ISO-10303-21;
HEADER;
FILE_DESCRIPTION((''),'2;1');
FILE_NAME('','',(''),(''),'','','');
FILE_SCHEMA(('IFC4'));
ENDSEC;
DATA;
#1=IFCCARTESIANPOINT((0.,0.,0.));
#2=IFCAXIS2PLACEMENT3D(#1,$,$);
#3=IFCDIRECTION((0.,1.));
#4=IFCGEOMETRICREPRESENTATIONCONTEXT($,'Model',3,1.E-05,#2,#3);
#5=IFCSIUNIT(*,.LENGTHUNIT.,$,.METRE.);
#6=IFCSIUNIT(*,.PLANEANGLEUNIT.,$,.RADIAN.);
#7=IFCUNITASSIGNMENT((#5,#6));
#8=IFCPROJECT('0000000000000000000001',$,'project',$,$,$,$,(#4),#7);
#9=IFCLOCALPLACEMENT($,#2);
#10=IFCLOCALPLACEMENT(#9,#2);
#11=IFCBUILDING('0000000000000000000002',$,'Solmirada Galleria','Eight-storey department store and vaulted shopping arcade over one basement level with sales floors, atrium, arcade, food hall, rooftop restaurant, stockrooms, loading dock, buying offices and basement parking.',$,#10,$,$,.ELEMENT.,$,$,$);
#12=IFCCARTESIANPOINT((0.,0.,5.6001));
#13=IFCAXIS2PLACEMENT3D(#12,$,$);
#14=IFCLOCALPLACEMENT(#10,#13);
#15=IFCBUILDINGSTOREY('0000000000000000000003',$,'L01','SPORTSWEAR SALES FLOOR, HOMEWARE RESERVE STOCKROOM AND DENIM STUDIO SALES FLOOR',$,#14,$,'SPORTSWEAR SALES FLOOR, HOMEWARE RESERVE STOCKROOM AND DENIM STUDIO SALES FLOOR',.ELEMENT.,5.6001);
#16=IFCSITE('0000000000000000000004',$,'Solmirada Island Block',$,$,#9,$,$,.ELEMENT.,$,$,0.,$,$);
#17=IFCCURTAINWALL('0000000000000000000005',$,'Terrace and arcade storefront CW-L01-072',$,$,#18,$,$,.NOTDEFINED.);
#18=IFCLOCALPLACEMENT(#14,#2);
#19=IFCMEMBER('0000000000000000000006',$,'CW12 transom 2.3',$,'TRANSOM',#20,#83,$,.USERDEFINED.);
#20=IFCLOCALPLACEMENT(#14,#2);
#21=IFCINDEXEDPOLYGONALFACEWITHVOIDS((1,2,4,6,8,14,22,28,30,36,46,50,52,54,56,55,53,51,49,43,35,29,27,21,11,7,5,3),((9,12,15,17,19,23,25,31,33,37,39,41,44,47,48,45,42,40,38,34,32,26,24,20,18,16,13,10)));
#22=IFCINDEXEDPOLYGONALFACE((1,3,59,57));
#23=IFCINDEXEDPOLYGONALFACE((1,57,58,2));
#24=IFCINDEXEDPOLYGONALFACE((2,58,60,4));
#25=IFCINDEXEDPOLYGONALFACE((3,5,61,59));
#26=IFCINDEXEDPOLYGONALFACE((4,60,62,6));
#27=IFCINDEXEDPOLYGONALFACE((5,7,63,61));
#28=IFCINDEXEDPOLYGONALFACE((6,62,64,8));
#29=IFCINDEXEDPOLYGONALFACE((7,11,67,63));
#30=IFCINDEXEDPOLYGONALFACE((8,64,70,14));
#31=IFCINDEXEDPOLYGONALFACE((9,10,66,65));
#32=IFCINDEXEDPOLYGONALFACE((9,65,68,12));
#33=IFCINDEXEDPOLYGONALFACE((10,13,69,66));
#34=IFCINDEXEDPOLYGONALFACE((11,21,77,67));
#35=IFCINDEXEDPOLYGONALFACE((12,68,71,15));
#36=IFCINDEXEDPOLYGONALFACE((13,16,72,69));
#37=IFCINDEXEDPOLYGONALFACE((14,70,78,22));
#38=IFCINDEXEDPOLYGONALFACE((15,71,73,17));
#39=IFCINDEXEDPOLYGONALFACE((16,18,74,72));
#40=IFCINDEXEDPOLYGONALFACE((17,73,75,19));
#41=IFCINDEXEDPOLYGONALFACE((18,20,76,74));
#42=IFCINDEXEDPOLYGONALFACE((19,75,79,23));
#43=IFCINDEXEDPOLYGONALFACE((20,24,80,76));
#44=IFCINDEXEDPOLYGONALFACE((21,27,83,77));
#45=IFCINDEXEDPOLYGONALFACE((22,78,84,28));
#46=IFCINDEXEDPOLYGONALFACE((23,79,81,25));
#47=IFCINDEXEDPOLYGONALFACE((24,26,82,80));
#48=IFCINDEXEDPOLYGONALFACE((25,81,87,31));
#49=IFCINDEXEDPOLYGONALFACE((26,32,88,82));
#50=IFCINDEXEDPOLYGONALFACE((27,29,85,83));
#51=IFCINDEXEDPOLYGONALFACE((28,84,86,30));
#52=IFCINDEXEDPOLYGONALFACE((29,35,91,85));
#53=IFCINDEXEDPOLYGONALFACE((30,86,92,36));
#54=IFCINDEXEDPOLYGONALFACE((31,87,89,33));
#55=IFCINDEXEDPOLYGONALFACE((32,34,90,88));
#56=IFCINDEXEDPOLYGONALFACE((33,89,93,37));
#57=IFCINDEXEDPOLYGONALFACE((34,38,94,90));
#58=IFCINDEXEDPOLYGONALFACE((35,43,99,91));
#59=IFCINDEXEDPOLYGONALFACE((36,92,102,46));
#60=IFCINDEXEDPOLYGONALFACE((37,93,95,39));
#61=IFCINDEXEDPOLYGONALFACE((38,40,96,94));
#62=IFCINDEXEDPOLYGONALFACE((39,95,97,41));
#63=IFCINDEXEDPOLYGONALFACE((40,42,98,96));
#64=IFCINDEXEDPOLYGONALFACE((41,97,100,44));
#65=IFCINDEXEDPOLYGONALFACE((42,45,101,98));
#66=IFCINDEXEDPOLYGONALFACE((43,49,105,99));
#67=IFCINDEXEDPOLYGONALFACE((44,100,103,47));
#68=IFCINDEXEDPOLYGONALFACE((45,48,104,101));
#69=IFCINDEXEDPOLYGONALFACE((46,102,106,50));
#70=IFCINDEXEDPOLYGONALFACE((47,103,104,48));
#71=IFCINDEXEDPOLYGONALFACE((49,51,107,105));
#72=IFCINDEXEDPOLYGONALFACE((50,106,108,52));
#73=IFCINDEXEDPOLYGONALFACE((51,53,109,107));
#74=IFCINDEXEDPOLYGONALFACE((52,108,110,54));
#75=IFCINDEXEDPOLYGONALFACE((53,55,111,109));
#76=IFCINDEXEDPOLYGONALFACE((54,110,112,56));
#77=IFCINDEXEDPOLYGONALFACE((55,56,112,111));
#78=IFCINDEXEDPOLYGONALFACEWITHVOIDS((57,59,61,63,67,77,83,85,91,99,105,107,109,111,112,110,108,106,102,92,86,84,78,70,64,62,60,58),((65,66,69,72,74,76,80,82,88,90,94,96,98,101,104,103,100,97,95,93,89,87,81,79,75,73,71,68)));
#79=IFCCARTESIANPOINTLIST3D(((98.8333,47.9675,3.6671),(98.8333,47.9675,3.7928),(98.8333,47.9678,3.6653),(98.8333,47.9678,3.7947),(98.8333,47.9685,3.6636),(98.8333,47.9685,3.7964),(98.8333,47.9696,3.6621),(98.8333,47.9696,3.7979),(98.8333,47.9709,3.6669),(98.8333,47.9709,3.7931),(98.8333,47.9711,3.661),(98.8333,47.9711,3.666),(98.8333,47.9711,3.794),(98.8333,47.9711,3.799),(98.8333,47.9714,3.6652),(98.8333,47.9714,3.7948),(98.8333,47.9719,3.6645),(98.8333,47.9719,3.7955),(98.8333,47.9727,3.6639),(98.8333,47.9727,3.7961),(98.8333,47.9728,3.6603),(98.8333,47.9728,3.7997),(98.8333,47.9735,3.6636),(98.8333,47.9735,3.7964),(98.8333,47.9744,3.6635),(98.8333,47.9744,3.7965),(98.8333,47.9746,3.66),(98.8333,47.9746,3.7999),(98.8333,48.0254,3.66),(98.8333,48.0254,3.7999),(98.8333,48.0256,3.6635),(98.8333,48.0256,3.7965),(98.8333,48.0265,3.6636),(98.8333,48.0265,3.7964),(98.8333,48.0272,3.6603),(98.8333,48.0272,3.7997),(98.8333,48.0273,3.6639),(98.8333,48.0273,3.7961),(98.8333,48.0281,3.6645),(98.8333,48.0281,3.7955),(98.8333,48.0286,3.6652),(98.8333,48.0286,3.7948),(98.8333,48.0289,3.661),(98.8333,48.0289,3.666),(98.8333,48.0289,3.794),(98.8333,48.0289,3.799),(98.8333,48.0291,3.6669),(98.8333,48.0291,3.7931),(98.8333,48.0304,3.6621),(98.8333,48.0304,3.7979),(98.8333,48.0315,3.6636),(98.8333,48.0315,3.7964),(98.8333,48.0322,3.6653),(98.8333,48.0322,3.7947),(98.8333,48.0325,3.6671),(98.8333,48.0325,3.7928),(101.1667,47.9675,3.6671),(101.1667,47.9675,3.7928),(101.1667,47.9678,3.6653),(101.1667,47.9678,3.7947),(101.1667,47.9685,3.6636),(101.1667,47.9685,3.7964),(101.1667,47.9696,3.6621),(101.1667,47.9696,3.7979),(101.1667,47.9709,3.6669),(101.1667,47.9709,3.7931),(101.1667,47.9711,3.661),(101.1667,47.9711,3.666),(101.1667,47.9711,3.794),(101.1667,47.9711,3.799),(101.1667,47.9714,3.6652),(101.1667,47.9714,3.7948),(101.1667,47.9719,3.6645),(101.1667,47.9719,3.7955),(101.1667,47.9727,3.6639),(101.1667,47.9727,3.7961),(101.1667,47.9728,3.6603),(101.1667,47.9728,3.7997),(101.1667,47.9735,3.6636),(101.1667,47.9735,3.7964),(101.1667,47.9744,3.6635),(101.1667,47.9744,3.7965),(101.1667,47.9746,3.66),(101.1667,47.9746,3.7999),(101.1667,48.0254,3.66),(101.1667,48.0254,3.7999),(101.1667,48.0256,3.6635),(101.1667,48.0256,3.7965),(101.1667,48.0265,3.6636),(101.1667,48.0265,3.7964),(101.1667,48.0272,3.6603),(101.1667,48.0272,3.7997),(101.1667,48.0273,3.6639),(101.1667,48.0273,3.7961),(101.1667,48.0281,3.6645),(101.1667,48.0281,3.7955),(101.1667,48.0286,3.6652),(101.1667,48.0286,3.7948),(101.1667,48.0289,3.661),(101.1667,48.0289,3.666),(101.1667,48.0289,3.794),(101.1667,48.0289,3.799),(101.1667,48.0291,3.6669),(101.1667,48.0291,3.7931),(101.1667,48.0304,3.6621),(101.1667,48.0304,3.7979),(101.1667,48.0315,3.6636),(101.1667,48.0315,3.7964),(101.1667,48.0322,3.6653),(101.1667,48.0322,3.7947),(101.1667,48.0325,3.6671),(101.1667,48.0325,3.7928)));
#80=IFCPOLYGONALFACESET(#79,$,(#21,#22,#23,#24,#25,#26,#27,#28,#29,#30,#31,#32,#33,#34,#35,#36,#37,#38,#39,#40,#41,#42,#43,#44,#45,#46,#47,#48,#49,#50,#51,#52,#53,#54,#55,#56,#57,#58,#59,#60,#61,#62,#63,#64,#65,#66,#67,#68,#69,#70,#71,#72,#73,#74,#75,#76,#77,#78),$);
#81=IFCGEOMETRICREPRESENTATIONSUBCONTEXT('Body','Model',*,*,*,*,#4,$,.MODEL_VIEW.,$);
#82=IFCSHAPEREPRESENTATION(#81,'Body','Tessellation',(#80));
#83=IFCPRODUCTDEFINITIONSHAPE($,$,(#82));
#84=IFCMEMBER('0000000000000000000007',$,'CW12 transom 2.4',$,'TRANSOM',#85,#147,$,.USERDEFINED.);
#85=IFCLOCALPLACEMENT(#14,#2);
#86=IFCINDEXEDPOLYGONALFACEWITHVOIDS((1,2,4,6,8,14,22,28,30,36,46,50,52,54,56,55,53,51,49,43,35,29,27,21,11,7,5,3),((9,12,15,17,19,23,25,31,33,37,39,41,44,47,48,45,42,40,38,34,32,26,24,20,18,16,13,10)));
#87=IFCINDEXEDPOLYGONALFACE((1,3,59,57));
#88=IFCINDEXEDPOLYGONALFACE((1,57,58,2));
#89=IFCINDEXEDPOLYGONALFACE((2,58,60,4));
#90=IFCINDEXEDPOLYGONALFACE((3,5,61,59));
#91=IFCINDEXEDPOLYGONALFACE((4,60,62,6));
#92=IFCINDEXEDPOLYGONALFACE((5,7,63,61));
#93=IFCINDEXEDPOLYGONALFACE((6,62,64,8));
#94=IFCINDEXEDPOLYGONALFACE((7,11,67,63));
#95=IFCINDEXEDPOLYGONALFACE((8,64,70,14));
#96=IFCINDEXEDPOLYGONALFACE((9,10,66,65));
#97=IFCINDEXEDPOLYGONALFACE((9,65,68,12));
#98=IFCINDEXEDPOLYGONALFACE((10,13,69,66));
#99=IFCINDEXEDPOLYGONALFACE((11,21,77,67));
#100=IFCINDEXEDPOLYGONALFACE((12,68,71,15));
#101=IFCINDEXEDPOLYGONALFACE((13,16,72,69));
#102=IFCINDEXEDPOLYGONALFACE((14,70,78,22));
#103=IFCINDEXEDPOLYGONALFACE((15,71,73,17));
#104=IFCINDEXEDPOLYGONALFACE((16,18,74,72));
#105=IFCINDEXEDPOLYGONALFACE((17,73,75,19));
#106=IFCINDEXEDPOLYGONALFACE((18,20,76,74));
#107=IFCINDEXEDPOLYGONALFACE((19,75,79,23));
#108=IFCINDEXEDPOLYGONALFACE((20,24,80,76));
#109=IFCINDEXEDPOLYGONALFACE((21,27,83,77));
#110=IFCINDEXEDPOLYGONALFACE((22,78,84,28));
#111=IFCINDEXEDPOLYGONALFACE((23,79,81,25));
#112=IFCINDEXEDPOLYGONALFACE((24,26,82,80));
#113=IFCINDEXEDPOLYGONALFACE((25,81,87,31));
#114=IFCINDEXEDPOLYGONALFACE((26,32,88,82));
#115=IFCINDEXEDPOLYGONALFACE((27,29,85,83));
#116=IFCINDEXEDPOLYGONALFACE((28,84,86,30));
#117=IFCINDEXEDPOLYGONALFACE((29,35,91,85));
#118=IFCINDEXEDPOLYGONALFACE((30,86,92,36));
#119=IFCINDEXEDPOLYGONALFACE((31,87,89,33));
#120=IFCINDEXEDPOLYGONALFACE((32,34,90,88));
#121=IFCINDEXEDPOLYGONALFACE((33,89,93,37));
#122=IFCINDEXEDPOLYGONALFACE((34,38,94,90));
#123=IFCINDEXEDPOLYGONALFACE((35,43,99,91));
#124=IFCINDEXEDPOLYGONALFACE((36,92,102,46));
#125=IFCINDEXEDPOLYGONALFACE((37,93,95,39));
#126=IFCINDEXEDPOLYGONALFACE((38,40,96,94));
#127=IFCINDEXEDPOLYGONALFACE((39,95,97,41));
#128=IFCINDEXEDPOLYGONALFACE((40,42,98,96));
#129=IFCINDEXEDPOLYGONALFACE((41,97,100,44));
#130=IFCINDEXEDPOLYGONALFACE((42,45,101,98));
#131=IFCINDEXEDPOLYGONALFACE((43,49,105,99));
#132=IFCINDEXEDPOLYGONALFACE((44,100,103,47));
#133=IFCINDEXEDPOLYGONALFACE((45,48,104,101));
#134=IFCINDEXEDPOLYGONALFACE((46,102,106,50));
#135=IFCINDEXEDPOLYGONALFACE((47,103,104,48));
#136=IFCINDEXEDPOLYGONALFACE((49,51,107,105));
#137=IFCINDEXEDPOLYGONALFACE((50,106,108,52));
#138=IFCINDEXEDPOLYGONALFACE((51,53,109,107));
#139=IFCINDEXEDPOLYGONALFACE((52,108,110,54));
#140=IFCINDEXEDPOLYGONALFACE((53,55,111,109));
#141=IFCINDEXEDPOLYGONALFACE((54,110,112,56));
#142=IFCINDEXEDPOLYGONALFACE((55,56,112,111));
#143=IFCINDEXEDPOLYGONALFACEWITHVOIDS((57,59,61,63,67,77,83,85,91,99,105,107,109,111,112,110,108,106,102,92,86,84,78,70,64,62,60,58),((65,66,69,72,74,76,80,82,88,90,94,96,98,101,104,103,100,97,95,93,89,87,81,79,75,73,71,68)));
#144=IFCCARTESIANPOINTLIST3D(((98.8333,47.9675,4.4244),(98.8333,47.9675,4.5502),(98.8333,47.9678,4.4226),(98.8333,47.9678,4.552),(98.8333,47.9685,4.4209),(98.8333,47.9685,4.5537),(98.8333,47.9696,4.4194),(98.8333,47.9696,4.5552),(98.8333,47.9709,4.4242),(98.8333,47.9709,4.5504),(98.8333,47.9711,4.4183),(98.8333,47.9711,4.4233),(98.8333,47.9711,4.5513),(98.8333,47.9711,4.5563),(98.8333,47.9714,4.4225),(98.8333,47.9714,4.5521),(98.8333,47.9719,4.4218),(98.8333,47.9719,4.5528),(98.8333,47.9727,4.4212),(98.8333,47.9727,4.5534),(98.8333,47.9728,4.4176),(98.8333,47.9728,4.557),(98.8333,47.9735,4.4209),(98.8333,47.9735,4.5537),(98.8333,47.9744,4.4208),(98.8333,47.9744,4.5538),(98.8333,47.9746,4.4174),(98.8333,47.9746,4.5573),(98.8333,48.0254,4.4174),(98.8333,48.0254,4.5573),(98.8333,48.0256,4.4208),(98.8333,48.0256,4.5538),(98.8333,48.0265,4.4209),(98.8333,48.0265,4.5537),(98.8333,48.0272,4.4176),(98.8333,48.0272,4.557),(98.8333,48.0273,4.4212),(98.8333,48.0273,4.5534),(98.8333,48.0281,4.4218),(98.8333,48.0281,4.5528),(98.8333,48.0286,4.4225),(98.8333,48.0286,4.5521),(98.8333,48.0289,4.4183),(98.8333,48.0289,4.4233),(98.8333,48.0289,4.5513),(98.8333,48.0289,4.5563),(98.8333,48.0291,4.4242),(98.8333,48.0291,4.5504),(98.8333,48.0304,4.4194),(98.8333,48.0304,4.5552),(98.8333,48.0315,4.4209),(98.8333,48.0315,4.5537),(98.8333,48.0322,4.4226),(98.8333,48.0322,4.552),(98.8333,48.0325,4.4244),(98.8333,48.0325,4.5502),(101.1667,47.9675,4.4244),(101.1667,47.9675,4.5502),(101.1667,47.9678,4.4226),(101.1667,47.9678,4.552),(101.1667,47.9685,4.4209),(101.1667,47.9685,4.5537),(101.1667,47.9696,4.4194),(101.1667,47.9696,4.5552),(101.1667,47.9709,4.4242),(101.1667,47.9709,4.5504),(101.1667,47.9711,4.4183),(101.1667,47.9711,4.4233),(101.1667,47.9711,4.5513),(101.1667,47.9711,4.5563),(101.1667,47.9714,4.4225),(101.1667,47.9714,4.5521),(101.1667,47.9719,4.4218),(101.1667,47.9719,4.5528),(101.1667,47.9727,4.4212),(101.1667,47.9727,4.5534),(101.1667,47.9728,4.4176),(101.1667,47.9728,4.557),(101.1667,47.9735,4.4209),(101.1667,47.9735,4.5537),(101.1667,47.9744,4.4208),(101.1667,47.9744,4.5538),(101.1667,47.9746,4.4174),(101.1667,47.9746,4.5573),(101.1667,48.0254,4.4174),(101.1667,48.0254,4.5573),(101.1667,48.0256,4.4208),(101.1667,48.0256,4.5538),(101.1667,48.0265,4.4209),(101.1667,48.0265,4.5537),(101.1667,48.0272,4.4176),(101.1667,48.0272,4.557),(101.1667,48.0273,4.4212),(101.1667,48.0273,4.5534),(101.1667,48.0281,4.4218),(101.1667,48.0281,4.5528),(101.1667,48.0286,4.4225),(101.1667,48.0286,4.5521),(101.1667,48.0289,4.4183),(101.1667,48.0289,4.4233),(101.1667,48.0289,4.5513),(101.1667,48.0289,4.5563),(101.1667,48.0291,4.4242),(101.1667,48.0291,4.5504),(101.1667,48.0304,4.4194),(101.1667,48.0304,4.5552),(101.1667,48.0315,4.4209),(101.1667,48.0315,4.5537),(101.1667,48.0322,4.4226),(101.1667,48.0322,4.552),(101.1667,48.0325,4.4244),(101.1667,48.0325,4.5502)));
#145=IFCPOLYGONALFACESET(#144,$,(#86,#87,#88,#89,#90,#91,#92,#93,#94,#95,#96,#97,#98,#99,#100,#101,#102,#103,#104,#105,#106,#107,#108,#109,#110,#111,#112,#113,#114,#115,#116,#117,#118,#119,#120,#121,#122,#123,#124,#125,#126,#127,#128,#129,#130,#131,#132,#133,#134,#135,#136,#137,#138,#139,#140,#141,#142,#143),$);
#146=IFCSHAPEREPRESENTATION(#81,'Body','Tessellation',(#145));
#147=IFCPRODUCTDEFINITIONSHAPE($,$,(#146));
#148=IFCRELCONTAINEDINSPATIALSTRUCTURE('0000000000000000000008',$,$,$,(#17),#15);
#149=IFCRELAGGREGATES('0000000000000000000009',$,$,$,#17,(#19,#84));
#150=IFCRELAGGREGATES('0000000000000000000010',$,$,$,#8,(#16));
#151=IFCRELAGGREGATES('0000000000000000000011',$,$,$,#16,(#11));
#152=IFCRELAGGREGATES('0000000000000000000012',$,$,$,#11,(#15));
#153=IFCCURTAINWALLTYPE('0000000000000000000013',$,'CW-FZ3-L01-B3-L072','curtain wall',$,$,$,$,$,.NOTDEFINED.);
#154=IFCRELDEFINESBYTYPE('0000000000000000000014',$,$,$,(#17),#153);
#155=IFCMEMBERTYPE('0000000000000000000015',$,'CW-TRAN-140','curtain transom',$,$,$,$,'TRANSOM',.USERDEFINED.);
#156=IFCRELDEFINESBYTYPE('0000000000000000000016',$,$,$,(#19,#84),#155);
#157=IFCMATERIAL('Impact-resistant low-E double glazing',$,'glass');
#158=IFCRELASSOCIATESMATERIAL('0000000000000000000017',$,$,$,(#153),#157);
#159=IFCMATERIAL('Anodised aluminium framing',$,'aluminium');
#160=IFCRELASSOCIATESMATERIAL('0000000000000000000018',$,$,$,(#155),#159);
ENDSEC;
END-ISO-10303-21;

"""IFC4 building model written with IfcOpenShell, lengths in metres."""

from ifc_helpers import new_model, si_unit, direction, frame, origin, origin_2d, place, context, subcontext, project, spatial, hollow_rectangle, extrude, material, material_profile, profile_set, type_object, element, aggregate, save


model = new_model("IFC4")

# Units and contexts
model_context = context("Model", 3, precision=1e-05, world=origin(), true_north=direction((0.0, 1.0)))
body_context = subcontext(model_context, "Body", "Model", "MODEL_VIEW")
ifc_project = project(units=[si_unit("LENGTHUNIT", "METRE"), si_unit("PLANEANGLEUNIT", "RADIAN")], contexts=[model_context])

# Site, building, storey
site_placement = place(None, origin())
site = spatial("IfcSite", under=ifc_project, at=site_placement, Name="Solmirada Island Block", CompositionType="ELEMENT", RefElevation=0.0)
building_placement = place(site_placement, origin())
building = spatial("IfcBuilding", under=site, at=building_placement, Name="Solmirada Galleria", Description="Eight-storey department store and vaulted shopping arcade over one basement level with sales floors, atrium, arcade, food hall, rooftop restaurant, stockrooms, loading dock, buying offices and basement parking.", CompositionType="ELEMENT")
storey_placement = place(building_placement, frame((0.0, 0.0, 5.6001)))
storey = spatial("IfcBuildingStorey", under=building, at=storey_placement, Name="L01", Description="SPORTSWEAR SALES FLOOR, HOMEWARE RESERVE STOCKROOM AND DENIM STUDIO SALES FLOOR", LongName="SPORTSWEAR SALES FLOOR, HOMEWARE RESERVE STOCKROOM AND DENIM STUDIO SALES FLOOR", CompositionType="ELEMENT", Elevation=5.6001)

# Curtain wall
ifc_material_1 = material(Name="Impact-resistant low-E double glazing", Category="glass")
curtain_wall_type_1 = type_object("IfcCurtainWallType", Name="CW-FZ3-L01-B3-L072", Description="curtain wall", PredefinedType="NOTDEFINED", material=ifc_material_1)
curtain_wall_1_placement = place(storey_placement, origin())
curtain_wall_1 = element("IfcCurtainWall", 1, at=curtain_wall_1_placement, inside=storey, type_object=curtain_wall_type_1, Name="Terrace and arcade storefront CW-L01-072", PredefinedType="NOTDEFINED")
ifc_material_2 = material(Name="Anodised aluminium framing", Category="aluminium")

# Members
ifc_material_profile_1 = material_profile(ifc_material_2, hollow_rectangle(XDim=0.0649, YDim=0.1399, WallThickness=0.0034, InnerFilletRadius=0.0034, OuterFilletRadius=0.0071, at=origin_2d()), Name="ALU-TRAN-140X65")
ifc_profile_set_1 = profile_set([ifc_material_profile_1], Name="Anodised aluminium framing")
member_type_1 = type_object("IfcMemberType", Name="CW-TRAN-140", Description="curtain transom", ElementType="TRANSOM", PredefinedType="USERDEFINED", material=ifc_profile_set_1)
member_1_placement = place(storey_placement, frame((101.1667, 48.0, 3.73), z_axis=(-1.0, 0.0, 0.0), x_axis=(0.0, -1.0, 0.0)))
member_1 = element("IfcMember", 2, at=member_1_placement, type_object=member_type_1, Name="CW12 transom 2.3", ObjectType="TRANSOM", PredefinedType="USERDEFINED", context=body_context, shape_type="SweptSolid", body=[
    extrude(hollow_rectangle(XDim=0.0649, YDim=0.1399, WallThickness=0.0034, InnerFilletRadius=0.0034, OuterFilletRadius=0.0071, at=origin_2d()), origin(), (0.0, 0.0, 1.0), 2.3335),
])
member_2_placement = place(storey_placement, frame((101.1667, 48.0, 4.4873), z_axis=(-1.0, 0.0, 0.0), x_axis=(0.0, -1.0, 0.0)))
member_2 = element("IfcMember", 3, at=member_2_placement, type_object=member_type_1, Name="CW12 transom 2.4", ObjectType="TRANSOM", PredefinedType="USERDEFINED", context=body_context, shape_type="SweptSolid", body=[
    extrude(hollow_rectangle(XDim=0.0649, YDim=0.1399, WallThickness=0.0034, InnerFilletRadius=0.0034, OuterFilletRadius=0.0071, at=origin_2d()), origin(), (0.0, 0.0, 1.0), 2.3335),
])

aggregate(curtain_wall_1, [member_1, member_2])

save(model, "model.ifc")
